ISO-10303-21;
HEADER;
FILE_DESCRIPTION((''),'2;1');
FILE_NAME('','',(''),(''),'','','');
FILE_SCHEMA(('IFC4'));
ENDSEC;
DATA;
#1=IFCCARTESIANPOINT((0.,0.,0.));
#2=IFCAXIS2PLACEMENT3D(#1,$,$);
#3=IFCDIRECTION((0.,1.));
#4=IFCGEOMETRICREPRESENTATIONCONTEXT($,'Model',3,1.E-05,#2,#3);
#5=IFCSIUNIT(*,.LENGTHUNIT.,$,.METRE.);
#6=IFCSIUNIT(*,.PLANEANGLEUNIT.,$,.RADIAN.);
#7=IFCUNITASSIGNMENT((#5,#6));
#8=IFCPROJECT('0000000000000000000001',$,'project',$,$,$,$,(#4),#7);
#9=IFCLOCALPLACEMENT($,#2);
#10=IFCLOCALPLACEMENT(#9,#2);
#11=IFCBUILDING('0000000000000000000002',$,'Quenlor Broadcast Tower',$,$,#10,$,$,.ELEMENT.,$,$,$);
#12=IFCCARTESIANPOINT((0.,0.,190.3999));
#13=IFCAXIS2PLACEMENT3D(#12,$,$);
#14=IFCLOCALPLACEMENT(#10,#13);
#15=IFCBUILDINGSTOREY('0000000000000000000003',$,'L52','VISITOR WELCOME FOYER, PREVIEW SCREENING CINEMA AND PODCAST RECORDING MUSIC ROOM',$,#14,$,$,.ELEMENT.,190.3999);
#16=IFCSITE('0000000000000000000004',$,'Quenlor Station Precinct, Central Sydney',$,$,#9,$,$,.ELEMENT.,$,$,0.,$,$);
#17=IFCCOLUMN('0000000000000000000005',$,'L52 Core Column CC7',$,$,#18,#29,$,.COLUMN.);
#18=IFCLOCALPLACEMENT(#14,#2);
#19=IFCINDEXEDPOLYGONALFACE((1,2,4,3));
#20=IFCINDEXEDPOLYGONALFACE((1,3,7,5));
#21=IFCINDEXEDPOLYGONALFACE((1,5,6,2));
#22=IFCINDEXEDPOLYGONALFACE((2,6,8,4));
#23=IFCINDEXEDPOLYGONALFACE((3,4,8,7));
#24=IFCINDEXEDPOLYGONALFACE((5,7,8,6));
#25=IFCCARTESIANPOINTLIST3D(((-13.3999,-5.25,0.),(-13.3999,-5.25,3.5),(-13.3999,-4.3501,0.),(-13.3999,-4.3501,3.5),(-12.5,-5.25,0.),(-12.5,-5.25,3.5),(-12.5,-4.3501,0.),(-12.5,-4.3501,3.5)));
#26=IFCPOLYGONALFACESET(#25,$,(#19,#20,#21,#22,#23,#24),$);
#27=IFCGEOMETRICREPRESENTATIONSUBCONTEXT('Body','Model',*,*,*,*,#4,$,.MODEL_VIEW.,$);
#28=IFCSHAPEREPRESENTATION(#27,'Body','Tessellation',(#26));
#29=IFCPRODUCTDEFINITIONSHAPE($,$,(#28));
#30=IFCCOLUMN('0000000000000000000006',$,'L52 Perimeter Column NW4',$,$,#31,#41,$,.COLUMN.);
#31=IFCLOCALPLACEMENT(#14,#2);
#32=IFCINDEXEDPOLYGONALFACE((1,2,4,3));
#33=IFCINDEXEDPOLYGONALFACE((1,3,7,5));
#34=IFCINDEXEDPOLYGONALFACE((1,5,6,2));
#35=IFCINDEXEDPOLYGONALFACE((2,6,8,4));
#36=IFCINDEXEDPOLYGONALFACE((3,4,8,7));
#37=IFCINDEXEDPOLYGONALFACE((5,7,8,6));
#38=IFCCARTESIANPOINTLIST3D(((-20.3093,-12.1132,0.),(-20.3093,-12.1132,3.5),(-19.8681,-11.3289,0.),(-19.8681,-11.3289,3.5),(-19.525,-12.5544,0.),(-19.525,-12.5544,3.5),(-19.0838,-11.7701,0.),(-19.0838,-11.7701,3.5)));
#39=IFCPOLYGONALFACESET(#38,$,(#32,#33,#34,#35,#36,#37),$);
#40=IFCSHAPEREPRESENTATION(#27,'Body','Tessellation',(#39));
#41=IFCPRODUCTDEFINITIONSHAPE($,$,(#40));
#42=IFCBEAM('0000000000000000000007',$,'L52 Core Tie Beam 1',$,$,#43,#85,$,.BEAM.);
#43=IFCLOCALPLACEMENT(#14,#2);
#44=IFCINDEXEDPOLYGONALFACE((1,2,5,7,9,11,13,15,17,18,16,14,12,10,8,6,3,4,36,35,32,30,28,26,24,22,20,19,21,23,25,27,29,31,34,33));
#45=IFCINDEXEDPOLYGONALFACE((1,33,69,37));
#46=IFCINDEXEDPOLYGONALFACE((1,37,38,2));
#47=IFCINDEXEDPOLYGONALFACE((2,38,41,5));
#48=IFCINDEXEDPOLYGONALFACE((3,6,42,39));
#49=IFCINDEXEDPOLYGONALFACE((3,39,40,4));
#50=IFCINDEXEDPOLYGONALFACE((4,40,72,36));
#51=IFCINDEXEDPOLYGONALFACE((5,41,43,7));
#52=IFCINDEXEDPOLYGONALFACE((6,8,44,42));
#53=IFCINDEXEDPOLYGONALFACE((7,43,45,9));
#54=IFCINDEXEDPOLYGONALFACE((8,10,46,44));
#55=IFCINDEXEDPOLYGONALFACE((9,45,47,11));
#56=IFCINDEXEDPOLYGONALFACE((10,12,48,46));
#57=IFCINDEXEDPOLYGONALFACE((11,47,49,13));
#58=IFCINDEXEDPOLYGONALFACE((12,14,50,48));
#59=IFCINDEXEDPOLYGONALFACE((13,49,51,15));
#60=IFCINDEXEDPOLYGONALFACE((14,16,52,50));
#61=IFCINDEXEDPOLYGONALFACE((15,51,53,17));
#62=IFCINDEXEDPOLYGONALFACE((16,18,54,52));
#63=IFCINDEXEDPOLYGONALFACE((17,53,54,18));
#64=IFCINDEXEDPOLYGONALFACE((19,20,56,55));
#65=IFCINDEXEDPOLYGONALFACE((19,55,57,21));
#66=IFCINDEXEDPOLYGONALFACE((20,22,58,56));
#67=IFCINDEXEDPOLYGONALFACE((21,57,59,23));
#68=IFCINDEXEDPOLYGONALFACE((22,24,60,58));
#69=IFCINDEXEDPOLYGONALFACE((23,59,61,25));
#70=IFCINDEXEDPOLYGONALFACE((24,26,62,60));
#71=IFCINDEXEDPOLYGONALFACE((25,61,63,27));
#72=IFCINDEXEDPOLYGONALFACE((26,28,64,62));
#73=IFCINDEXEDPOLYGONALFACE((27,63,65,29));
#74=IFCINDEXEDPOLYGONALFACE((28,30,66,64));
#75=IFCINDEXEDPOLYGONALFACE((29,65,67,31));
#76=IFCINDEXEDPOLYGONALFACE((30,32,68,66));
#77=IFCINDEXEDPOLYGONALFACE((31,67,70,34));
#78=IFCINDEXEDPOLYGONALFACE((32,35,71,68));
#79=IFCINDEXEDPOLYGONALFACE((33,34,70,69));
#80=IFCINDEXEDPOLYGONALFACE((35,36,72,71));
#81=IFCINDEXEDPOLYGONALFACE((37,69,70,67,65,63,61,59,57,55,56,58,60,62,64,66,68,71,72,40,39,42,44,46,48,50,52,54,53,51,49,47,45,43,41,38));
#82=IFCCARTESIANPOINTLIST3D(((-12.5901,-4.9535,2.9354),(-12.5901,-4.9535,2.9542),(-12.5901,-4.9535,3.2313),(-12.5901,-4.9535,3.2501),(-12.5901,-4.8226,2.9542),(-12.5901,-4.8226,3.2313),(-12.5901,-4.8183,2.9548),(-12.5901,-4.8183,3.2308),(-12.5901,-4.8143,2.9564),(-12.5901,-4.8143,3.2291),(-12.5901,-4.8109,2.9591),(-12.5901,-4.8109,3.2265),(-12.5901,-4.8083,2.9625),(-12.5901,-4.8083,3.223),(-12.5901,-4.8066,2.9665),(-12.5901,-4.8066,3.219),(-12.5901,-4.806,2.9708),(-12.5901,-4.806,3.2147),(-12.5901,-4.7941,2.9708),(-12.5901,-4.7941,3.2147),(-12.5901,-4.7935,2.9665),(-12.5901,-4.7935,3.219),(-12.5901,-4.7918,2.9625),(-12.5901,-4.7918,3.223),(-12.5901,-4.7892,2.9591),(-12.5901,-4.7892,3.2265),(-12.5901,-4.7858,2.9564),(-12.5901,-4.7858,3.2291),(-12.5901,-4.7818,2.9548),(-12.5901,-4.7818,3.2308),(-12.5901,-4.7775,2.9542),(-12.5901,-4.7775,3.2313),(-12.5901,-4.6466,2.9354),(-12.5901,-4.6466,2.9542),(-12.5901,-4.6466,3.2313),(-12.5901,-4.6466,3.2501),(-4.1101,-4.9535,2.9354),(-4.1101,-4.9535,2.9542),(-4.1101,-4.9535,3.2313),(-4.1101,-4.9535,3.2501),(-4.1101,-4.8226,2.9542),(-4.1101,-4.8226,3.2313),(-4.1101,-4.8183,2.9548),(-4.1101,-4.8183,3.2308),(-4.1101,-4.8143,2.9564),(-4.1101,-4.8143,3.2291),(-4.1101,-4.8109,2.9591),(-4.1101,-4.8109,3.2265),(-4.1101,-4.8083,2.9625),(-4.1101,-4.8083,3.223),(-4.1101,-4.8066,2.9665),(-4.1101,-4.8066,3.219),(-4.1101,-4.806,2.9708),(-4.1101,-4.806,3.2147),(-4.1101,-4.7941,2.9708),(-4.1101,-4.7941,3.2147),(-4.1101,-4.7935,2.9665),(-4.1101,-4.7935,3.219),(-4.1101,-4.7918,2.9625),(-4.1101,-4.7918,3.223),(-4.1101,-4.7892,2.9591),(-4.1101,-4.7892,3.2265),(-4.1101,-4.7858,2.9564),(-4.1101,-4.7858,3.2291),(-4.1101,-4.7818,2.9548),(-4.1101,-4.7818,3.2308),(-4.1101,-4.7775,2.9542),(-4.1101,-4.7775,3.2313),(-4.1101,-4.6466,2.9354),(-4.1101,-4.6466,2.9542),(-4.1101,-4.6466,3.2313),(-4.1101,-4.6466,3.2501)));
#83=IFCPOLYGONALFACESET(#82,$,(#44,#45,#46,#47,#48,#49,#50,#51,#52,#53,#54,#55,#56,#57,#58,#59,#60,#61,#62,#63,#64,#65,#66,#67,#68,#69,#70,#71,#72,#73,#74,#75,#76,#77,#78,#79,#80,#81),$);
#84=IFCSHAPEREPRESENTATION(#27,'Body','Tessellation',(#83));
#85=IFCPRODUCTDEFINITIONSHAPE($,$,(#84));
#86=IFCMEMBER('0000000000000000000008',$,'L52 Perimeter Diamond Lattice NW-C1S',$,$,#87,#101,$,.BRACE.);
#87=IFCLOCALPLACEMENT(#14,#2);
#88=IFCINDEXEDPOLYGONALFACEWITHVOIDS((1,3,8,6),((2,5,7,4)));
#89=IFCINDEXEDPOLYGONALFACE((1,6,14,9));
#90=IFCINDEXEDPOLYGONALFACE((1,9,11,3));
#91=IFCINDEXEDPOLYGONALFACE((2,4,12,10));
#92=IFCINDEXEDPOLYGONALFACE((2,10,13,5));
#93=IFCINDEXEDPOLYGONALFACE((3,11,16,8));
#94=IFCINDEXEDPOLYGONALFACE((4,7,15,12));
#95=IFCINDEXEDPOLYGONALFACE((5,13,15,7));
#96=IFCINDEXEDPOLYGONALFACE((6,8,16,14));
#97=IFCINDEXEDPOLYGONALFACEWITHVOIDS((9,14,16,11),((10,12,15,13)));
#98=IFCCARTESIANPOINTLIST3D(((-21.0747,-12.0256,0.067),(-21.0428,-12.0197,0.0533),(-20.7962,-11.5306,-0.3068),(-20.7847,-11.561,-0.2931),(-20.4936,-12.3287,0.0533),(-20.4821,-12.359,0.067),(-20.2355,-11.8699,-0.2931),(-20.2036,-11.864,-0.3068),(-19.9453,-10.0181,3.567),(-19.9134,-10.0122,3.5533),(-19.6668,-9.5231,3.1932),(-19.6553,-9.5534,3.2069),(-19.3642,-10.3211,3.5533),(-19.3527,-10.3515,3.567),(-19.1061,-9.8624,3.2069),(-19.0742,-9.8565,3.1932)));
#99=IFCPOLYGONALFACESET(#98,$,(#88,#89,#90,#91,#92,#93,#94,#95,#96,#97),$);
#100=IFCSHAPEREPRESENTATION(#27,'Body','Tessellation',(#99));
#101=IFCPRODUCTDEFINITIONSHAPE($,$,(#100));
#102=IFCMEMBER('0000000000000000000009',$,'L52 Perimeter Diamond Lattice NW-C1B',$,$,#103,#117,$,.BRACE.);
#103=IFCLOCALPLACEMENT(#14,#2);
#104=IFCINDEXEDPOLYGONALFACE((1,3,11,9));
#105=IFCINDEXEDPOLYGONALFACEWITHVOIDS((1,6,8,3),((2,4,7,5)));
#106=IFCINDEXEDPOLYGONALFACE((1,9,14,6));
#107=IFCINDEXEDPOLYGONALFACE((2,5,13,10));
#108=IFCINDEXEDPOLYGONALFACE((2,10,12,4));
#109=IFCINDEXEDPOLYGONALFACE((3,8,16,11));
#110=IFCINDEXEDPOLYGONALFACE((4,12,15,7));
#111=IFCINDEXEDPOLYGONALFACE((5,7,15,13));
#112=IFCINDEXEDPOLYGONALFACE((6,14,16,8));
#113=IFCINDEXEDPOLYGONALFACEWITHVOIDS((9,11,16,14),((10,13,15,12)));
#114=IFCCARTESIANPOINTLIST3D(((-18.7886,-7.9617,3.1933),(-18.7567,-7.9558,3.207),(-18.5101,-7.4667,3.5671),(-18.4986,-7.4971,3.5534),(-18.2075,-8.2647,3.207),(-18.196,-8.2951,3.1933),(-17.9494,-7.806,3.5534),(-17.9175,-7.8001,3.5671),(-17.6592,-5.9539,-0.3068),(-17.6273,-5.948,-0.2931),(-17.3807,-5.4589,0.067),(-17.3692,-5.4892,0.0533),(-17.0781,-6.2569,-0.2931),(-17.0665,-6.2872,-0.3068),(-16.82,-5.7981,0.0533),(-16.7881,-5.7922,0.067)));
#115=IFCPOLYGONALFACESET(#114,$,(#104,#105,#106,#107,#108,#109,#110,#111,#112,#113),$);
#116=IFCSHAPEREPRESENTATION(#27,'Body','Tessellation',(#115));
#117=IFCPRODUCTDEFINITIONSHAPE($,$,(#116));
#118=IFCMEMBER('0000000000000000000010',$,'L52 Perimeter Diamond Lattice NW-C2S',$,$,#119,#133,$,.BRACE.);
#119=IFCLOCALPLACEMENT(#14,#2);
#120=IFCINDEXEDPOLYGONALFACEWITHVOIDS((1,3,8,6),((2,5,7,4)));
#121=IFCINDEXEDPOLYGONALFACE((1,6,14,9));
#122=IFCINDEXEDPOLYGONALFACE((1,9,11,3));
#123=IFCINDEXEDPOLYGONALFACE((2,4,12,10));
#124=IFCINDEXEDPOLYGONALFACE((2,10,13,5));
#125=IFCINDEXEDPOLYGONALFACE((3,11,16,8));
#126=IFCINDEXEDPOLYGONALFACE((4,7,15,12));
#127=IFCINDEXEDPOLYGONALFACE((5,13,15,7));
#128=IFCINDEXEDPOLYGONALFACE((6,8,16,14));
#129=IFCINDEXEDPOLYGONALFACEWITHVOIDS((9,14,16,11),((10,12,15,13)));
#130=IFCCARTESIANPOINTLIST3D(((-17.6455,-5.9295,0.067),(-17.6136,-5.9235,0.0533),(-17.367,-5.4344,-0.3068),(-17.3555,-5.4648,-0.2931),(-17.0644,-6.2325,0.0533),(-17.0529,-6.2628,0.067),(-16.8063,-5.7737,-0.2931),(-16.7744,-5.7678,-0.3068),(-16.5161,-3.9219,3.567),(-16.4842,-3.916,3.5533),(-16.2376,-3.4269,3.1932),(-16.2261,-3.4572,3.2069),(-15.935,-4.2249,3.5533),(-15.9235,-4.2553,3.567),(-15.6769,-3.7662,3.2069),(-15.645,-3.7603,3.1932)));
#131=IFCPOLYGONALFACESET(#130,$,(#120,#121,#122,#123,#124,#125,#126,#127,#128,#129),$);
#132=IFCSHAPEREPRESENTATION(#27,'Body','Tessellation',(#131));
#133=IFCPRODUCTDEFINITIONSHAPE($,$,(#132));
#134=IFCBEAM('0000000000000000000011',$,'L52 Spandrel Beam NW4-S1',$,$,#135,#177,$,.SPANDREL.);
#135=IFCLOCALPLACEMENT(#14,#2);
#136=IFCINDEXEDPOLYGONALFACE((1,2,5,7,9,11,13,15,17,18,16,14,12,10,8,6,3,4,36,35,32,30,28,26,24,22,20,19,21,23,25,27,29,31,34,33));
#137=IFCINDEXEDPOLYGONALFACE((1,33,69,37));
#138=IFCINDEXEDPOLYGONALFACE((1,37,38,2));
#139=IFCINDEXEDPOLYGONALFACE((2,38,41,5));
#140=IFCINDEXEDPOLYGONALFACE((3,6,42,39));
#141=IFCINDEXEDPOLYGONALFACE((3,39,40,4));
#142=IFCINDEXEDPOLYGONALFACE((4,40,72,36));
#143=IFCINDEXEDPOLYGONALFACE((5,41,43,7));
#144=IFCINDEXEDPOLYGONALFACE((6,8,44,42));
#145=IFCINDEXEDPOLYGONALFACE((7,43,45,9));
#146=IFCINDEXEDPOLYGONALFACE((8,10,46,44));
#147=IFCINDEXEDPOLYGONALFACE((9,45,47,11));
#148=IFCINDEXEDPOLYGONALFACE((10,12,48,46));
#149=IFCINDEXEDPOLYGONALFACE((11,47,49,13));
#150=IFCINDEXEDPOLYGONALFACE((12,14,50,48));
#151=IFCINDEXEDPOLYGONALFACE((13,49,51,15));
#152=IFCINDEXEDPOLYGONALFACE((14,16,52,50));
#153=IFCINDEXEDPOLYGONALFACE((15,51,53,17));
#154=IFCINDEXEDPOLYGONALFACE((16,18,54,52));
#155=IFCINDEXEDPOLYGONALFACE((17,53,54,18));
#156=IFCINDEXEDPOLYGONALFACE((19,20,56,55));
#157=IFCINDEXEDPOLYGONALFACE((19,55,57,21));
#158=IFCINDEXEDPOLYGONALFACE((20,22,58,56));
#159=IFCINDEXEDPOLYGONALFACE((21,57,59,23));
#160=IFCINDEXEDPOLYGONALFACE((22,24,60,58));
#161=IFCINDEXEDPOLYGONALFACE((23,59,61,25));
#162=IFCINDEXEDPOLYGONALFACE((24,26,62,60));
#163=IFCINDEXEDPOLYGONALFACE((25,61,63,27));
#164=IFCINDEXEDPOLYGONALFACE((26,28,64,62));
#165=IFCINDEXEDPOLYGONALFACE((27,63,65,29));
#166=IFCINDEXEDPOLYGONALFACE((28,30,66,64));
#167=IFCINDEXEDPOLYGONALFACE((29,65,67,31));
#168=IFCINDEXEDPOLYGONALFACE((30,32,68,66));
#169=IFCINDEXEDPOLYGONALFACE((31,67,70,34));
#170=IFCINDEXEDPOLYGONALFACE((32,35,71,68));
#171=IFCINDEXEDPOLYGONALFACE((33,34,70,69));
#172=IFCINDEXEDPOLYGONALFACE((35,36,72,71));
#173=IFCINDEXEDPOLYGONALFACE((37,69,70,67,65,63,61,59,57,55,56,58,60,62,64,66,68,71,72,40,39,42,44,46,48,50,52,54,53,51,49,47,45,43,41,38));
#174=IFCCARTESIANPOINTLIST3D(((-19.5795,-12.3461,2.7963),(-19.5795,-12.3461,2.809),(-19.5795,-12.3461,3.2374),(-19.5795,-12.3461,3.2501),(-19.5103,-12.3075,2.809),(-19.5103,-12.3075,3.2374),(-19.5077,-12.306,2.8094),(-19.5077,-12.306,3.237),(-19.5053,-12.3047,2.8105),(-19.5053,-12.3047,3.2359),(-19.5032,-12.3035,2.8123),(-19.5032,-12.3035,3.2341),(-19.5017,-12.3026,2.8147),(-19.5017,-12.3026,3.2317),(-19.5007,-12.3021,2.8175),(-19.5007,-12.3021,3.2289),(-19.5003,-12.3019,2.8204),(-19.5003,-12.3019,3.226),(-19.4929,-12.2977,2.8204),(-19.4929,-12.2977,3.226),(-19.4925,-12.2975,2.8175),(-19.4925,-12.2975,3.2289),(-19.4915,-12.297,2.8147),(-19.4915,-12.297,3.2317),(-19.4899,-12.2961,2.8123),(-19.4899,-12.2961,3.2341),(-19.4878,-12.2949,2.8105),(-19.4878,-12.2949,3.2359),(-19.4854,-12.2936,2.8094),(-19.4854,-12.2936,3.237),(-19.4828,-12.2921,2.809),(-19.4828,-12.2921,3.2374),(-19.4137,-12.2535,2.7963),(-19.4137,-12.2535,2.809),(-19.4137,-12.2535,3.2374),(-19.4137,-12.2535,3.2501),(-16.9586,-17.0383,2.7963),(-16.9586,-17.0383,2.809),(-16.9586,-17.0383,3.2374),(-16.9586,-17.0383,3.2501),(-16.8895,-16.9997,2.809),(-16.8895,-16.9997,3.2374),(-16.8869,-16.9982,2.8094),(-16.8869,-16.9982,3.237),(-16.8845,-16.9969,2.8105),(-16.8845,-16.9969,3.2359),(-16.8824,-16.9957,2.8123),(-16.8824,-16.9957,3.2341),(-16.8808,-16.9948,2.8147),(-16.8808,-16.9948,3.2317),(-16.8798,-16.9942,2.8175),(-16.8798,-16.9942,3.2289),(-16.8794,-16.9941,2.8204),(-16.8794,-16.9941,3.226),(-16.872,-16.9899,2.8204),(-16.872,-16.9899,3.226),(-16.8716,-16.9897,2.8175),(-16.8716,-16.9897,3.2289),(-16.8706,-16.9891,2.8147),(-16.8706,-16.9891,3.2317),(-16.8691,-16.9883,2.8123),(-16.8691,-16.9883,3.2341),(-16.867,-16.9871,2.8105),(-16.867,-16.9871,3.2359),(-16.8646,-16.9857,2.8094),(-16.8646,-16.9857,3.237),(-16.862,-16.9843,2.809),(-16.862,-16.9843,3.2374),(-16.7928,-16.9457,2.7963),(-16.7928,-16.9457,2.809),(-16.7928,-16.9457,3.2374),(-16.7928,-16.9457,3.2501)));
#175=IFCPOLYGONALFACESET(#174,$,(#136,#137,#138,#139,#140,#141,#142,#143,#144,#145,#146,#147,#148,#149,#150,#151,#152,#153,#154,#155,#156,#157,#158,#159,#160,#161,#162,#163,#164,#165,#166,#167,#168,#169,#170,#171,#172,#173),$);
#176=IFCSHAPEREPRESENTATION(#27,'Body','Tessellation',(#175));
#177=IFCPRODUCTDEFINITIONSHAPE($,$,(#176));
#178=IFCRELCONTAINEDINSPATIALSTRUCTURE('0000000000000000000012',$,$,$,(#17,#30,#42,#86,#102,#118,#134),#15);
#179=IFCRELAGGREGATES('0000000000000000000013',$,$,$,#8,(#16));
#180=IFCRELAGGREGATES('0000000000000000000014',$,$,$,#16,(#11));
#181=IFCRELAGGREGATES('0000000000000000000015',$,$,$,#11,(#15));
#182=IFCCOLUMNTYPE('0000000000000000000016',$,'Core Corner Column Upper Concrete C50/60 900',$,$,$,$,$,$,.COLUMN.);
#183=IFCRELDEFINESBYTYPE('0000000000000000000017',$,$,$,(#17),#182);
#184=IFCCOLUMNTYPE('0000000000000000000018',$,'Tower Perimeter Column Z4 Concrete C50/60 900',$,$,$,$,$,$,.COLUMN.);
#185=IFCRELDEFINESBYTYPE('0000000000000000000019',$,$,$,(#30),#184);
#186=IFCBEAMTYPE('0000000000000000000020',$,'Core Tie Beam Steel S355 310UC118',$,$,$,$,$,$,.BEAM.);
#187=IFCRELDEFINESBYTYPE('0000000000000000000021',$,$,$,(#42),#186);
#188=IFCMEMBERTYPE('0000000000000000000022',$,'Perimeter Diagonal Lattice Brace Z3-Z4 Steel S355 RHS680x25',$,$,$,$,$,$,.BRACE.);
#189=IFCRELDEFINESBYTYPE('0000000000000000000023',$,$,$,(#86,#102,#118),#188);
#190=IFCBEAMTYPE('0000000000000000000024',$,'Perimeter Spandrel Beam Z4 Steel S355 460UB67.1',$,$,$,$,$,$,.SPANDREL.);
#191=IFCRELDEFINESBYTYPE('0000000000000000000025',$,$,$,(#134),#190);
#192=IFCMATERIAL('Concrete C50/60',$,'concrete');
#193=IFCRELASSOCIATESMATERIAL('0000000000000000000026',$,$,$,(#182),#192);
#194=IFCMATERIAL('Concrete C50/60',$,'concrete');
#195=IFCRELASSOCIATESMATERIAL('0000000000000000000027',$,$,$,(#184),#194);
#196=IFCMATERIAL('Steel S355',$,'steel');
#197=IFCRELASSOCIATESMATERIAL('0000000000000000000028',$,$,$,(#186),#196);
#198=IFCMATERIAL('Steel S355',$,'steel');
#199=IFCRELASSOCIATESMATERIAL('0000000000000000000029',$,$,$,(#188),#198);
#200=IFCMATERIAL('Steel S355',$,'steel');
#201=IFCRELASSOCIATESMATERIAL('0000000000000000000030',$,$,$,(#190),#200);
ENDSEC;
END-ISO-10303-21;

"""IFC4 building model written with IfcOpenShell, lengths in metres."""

from ifc_helpers import new_model, si_unit, direction, frame, origin, origin_2d, place, context, subcontext, project, spatial, rectangle, hollow_rectangle, i_section, extrude, material, material_profile, profile_set, type_object, element, save


model = new_model("IFC4")

# Units and contexts
model_context = context("Model", 3, precision=1e-05, world=origin(), true_north=direction((0.0, 1.0)))
body_context = subcontext(model_context, "Body", "Model", "MODEL_VIEW")
ifc_project = project(units=[si_unit("LENGTHUNIT", "METRE"), si_unit("PLANEANGLEUNIT", "RADIAN")], contexts=[model_context])

# Site, building, storey
site_placement = place(None, origin())
site = spatial("IfcSite", under=ifc_project, at=site_placement, Name="Quenlor Station Precinct, Central Sydney", CompositionType="ELEMENT", RefElevation=0.0)
building_placement = place(site_placement, origin())
building = spatial("IfcBuilding", under=site, at=building_placement, Name="Quenlor Broadcast Tower", CompositionType="ELEMENT")
storey_placement = place(building_placement, frame((0.0, 0.0, 190.3999)))
storey = spatial("IfcBuildingStorey", under=building, at=storey_placement, Name="L52", Description="VISITOR WELCOME FOYER, PREVIEW SCREENING CINEMA AND PODCAST RECORDING MUSIC ROOM", CompositionType="ELEMENT", Elevation=190.3999)

# Columns
ifc_material_1 = material(Name="Concrete C50/60", Category="concrete")
ifc_material_profile_1 = material_profile(ifc_material_1, rectangle(XDim=0.8999, YDim=0.8999, at=origin_2d()))
ifc_profile_set_1 = profile_set([ifc_material_profile_1], Name="Concrete C50/60 RC900x900")
column_type_1 = type_object("IfcColumnType", Name="Core Corner Column Upper Concrete C50/60 900", PredefinedType="COLUMN", material=ifc_profile_set_1)
column_1_placement = place(storey_placement, frame((-12.95, -4.8, 0.0), z_axis=(0.0, 0.0, 1.0), x_axis=(1.0, 0.0, 0.0)))
element("IfcColumn", 1, at=column_1_placement, inside=storey, type_object=column_type_1, Name="L52 Core Column CC7", PredefinedType="COLUMN", context=body_context, shape_type="SweptSolid", body=[
    extrude(rectangle(XDim=0.8999, YDim=0.8999, at=origin_2d()), origin(), (0.0, 0.0, 1.0), 3.5),
])
ifc_material_2 = material(Name="Concrete C50/60", Category="concrete")
ifc_material_profile_2 = material_profile(ifc_material_2, rectangle(XDim=0.8999, YDim=0.8999, at=origin_2d()))
ifc_profile_set_2 = profile_set([ifc_material_profile_2], Name="Concrete C50/60 RC900x900")
column_type_2 = type_object("IfcColumnType", Name="Tower Perimeter Column Z4 Concrete C50/60 900", PredefinedType="COLUMN", material=ifc_profile_set_2)
column_2_placement = place(storey_placement, frame((-19.6965, -11.9417, 0.0), z_axis=(0.0, 0.0, 1.0), x_axis=(-0.871575, 0.490262, 0.0)))
element("IfcColumn", 2, at=column_2_placement, inside=storey, type_object=column_type_2, Name="L52 Perimeter Column NW4", PredefinedType="COLUMN", context=body_context, shape_type="SweptSolid", body=[
    extrude(rectangle(XDim=0.8999, YDim=0.8999, at=origin_2d()), origin(), (0.0, 0.0, 1.0), 3.5),
])

# Beam
ifc_material_3 = material(Name="Steel S355", Category="steel")
ifc_material_profile_3 = material_profile(ifc_material_3, i_section(OverallWidth=0.3069, OverallDepth=0.3147, WebThickness=0.012, FlangeThickness=0.0188, FilletRadius=0.0166, at=origin_2d()))
ifc_profile_set_3 = profile_set([ifc_material_profile_3], Name="Steel S355 310UC118")
beam_type_1 = type_object("IfcBeamType", Name="Core Tie Beam Steel S355 310UC118", PredefinedType="BEAM", material=ifc_profile_set_3)
beam_1_placement = place(storey_placement, frame((-12.5901, -4.8, 3.0928), z_axis=(1.0, 0.0, 0.0), x_axis=(0.0, 1.0, 0.0)))
element("IfcBeam", 3, at=beam_1_placement, inside=storey, type_object=beam_type_1, Name="L52 Core Tie Beam 1", PredefinedType="BEAM", context=body_context, shape_type="SweptSolid", body=[
    extrude(i_section(OverallWidth=0.3069, OverallDepth=0.3147, WebThickness=0.012, FlangeThickness=0.0188, FilletRadius=0.0166, at=origin_2d()), origin(), (0.0, 0.0, 1.0), 8.48),
])

# Members
ifc_material_4 = material(Name="Steel S355", Category="steel")
ifc_material_profile_4 = material_profile(ifc_material_4, hollow_rectangle(XDim=0.6799, YDim=0.6799, WallThickness=0.0249, at=origin_2d()))
ifc_profile_set_4 = profile_set([ifc_material_profile_4], Name="Steel S355 RHS680x680x25")
member_type = type_object("IfcMemberType", Name="Perimeter Diagonal Lattice Brace Z3-Z4 Steel S355 RHS680x25", PredefinedType="BRACE", material=ifc_profile_set_4)
member_1_placement = place(storey_placement, frame((-20.6392, -11.9448, -0.1199), z_axis=(0.269547, 0.479136, 0.835328), x_axis=(-0.87155, 0.490307, 0.0)))
element("IfcMember", 4, at=member_1_placement, inside=storey, type_object=member_type, Name="L52 Perimeter Diamond Lattice NW-C1S", PredefinedType="BRACE", context=body_context, shape_type="SweptSolid", body=[
    extrude(hollow_rectangle(XDim=0.6799, YDim=0.6799, WallThickness=0.0249, at=origin_2d()), origin(), (0.0, 0.0, 1.0), 4.1899),
])
member_2_placement = place(storey_placement, frame((-17.2236, -5.873, -0.1199), z_axis=(-0.26954, -0.479181, 0.835305), x_axis=(0.871576, -0.490261, 0.0)))
element("IfcMember", 5, at=member_2_placement, inside=storey, type_object=member_type, Name="L52 Perimeter Diamond Lattice NW-C1B", PredefinedType="BRACE", context=body_context, shape_type="SweptSolid", body=[
    extrude(hollow_rectangle(XDim=0.6799, YDim=0.6799, WallThickness=0.0249, at=origin_2d()), origin(), (0.0, 0.0, 1.0), 4.1902),
])
member_3_placement = place(storey_placement, frame((-17.21, -5.8486, -0.1199), z_axis=(0.269547, 0.479136, 0.835328), x_axis=(-0.87155, 0.490307, 0.0)))
element("IfcMember", 6, at=member_3_placement, inside=storey, type_object=member_type, Name="L52 Perimeter Diamond Lattice NW-C2S", PredefinedType="BRACE", context=body_context, shape_type="SweptSolid", body=[
    extrude(hollow_rectangle(XDim=0.6799, YDim=0.6799, WallThickness=0.0249, at=origin_2d()), origin(), (0.0, 0.0, 1.0), 4.1899),
])

# Beam
ifc_material_5 = material(Name="Steel S355", Category="steel")
ifc_material_profile_5 = material_profile(ifc_material_5, i_section(OverallWidth=0.1899, OverallDepth=0.4539, WebThickness=0.0085, FlangeThickness=0.0127, FilletRadius=0.0115, at=origin_2d()))
ifc_profile_set_5 = profile_set([ifc_material_profile_5], Name="Steel S355 460UB67.1")
beam_type_2 = type_object("IfcBeamType", Name="Perimeter Spandrel Beam Z4 Steel S355 460UB67.1", PredefinedType="SPANDREL", material=ifc_profile_set_5)
beam_2_placement = place(storey_placement, frame((-19.4966, -12.2998, 3.0232), z_axis=(0.487647, -0.873041, 0.0), x_axis=(0.873041, 0.487647, 0.0)))
element("IfcBeam", 7, at=beam_2_placement, inside=storey, type_object=beam_type_2, Name="L52 Spandrel Beam NW4-S1", PredefinedType="SPANDREL", context=body_context, shape_type="SweptSolid", body=[
    extrude(i_section(OverallWidth=0.1899, OverallDepth=0.4539, WebThickness=0.0085, FlangeThickness=0.0127, FilletRadius=0.0115, at=origin_2d()), origin(), (0.0, 0.0, 1.0), 5.3745),
])

save(model, "model.ifc")
